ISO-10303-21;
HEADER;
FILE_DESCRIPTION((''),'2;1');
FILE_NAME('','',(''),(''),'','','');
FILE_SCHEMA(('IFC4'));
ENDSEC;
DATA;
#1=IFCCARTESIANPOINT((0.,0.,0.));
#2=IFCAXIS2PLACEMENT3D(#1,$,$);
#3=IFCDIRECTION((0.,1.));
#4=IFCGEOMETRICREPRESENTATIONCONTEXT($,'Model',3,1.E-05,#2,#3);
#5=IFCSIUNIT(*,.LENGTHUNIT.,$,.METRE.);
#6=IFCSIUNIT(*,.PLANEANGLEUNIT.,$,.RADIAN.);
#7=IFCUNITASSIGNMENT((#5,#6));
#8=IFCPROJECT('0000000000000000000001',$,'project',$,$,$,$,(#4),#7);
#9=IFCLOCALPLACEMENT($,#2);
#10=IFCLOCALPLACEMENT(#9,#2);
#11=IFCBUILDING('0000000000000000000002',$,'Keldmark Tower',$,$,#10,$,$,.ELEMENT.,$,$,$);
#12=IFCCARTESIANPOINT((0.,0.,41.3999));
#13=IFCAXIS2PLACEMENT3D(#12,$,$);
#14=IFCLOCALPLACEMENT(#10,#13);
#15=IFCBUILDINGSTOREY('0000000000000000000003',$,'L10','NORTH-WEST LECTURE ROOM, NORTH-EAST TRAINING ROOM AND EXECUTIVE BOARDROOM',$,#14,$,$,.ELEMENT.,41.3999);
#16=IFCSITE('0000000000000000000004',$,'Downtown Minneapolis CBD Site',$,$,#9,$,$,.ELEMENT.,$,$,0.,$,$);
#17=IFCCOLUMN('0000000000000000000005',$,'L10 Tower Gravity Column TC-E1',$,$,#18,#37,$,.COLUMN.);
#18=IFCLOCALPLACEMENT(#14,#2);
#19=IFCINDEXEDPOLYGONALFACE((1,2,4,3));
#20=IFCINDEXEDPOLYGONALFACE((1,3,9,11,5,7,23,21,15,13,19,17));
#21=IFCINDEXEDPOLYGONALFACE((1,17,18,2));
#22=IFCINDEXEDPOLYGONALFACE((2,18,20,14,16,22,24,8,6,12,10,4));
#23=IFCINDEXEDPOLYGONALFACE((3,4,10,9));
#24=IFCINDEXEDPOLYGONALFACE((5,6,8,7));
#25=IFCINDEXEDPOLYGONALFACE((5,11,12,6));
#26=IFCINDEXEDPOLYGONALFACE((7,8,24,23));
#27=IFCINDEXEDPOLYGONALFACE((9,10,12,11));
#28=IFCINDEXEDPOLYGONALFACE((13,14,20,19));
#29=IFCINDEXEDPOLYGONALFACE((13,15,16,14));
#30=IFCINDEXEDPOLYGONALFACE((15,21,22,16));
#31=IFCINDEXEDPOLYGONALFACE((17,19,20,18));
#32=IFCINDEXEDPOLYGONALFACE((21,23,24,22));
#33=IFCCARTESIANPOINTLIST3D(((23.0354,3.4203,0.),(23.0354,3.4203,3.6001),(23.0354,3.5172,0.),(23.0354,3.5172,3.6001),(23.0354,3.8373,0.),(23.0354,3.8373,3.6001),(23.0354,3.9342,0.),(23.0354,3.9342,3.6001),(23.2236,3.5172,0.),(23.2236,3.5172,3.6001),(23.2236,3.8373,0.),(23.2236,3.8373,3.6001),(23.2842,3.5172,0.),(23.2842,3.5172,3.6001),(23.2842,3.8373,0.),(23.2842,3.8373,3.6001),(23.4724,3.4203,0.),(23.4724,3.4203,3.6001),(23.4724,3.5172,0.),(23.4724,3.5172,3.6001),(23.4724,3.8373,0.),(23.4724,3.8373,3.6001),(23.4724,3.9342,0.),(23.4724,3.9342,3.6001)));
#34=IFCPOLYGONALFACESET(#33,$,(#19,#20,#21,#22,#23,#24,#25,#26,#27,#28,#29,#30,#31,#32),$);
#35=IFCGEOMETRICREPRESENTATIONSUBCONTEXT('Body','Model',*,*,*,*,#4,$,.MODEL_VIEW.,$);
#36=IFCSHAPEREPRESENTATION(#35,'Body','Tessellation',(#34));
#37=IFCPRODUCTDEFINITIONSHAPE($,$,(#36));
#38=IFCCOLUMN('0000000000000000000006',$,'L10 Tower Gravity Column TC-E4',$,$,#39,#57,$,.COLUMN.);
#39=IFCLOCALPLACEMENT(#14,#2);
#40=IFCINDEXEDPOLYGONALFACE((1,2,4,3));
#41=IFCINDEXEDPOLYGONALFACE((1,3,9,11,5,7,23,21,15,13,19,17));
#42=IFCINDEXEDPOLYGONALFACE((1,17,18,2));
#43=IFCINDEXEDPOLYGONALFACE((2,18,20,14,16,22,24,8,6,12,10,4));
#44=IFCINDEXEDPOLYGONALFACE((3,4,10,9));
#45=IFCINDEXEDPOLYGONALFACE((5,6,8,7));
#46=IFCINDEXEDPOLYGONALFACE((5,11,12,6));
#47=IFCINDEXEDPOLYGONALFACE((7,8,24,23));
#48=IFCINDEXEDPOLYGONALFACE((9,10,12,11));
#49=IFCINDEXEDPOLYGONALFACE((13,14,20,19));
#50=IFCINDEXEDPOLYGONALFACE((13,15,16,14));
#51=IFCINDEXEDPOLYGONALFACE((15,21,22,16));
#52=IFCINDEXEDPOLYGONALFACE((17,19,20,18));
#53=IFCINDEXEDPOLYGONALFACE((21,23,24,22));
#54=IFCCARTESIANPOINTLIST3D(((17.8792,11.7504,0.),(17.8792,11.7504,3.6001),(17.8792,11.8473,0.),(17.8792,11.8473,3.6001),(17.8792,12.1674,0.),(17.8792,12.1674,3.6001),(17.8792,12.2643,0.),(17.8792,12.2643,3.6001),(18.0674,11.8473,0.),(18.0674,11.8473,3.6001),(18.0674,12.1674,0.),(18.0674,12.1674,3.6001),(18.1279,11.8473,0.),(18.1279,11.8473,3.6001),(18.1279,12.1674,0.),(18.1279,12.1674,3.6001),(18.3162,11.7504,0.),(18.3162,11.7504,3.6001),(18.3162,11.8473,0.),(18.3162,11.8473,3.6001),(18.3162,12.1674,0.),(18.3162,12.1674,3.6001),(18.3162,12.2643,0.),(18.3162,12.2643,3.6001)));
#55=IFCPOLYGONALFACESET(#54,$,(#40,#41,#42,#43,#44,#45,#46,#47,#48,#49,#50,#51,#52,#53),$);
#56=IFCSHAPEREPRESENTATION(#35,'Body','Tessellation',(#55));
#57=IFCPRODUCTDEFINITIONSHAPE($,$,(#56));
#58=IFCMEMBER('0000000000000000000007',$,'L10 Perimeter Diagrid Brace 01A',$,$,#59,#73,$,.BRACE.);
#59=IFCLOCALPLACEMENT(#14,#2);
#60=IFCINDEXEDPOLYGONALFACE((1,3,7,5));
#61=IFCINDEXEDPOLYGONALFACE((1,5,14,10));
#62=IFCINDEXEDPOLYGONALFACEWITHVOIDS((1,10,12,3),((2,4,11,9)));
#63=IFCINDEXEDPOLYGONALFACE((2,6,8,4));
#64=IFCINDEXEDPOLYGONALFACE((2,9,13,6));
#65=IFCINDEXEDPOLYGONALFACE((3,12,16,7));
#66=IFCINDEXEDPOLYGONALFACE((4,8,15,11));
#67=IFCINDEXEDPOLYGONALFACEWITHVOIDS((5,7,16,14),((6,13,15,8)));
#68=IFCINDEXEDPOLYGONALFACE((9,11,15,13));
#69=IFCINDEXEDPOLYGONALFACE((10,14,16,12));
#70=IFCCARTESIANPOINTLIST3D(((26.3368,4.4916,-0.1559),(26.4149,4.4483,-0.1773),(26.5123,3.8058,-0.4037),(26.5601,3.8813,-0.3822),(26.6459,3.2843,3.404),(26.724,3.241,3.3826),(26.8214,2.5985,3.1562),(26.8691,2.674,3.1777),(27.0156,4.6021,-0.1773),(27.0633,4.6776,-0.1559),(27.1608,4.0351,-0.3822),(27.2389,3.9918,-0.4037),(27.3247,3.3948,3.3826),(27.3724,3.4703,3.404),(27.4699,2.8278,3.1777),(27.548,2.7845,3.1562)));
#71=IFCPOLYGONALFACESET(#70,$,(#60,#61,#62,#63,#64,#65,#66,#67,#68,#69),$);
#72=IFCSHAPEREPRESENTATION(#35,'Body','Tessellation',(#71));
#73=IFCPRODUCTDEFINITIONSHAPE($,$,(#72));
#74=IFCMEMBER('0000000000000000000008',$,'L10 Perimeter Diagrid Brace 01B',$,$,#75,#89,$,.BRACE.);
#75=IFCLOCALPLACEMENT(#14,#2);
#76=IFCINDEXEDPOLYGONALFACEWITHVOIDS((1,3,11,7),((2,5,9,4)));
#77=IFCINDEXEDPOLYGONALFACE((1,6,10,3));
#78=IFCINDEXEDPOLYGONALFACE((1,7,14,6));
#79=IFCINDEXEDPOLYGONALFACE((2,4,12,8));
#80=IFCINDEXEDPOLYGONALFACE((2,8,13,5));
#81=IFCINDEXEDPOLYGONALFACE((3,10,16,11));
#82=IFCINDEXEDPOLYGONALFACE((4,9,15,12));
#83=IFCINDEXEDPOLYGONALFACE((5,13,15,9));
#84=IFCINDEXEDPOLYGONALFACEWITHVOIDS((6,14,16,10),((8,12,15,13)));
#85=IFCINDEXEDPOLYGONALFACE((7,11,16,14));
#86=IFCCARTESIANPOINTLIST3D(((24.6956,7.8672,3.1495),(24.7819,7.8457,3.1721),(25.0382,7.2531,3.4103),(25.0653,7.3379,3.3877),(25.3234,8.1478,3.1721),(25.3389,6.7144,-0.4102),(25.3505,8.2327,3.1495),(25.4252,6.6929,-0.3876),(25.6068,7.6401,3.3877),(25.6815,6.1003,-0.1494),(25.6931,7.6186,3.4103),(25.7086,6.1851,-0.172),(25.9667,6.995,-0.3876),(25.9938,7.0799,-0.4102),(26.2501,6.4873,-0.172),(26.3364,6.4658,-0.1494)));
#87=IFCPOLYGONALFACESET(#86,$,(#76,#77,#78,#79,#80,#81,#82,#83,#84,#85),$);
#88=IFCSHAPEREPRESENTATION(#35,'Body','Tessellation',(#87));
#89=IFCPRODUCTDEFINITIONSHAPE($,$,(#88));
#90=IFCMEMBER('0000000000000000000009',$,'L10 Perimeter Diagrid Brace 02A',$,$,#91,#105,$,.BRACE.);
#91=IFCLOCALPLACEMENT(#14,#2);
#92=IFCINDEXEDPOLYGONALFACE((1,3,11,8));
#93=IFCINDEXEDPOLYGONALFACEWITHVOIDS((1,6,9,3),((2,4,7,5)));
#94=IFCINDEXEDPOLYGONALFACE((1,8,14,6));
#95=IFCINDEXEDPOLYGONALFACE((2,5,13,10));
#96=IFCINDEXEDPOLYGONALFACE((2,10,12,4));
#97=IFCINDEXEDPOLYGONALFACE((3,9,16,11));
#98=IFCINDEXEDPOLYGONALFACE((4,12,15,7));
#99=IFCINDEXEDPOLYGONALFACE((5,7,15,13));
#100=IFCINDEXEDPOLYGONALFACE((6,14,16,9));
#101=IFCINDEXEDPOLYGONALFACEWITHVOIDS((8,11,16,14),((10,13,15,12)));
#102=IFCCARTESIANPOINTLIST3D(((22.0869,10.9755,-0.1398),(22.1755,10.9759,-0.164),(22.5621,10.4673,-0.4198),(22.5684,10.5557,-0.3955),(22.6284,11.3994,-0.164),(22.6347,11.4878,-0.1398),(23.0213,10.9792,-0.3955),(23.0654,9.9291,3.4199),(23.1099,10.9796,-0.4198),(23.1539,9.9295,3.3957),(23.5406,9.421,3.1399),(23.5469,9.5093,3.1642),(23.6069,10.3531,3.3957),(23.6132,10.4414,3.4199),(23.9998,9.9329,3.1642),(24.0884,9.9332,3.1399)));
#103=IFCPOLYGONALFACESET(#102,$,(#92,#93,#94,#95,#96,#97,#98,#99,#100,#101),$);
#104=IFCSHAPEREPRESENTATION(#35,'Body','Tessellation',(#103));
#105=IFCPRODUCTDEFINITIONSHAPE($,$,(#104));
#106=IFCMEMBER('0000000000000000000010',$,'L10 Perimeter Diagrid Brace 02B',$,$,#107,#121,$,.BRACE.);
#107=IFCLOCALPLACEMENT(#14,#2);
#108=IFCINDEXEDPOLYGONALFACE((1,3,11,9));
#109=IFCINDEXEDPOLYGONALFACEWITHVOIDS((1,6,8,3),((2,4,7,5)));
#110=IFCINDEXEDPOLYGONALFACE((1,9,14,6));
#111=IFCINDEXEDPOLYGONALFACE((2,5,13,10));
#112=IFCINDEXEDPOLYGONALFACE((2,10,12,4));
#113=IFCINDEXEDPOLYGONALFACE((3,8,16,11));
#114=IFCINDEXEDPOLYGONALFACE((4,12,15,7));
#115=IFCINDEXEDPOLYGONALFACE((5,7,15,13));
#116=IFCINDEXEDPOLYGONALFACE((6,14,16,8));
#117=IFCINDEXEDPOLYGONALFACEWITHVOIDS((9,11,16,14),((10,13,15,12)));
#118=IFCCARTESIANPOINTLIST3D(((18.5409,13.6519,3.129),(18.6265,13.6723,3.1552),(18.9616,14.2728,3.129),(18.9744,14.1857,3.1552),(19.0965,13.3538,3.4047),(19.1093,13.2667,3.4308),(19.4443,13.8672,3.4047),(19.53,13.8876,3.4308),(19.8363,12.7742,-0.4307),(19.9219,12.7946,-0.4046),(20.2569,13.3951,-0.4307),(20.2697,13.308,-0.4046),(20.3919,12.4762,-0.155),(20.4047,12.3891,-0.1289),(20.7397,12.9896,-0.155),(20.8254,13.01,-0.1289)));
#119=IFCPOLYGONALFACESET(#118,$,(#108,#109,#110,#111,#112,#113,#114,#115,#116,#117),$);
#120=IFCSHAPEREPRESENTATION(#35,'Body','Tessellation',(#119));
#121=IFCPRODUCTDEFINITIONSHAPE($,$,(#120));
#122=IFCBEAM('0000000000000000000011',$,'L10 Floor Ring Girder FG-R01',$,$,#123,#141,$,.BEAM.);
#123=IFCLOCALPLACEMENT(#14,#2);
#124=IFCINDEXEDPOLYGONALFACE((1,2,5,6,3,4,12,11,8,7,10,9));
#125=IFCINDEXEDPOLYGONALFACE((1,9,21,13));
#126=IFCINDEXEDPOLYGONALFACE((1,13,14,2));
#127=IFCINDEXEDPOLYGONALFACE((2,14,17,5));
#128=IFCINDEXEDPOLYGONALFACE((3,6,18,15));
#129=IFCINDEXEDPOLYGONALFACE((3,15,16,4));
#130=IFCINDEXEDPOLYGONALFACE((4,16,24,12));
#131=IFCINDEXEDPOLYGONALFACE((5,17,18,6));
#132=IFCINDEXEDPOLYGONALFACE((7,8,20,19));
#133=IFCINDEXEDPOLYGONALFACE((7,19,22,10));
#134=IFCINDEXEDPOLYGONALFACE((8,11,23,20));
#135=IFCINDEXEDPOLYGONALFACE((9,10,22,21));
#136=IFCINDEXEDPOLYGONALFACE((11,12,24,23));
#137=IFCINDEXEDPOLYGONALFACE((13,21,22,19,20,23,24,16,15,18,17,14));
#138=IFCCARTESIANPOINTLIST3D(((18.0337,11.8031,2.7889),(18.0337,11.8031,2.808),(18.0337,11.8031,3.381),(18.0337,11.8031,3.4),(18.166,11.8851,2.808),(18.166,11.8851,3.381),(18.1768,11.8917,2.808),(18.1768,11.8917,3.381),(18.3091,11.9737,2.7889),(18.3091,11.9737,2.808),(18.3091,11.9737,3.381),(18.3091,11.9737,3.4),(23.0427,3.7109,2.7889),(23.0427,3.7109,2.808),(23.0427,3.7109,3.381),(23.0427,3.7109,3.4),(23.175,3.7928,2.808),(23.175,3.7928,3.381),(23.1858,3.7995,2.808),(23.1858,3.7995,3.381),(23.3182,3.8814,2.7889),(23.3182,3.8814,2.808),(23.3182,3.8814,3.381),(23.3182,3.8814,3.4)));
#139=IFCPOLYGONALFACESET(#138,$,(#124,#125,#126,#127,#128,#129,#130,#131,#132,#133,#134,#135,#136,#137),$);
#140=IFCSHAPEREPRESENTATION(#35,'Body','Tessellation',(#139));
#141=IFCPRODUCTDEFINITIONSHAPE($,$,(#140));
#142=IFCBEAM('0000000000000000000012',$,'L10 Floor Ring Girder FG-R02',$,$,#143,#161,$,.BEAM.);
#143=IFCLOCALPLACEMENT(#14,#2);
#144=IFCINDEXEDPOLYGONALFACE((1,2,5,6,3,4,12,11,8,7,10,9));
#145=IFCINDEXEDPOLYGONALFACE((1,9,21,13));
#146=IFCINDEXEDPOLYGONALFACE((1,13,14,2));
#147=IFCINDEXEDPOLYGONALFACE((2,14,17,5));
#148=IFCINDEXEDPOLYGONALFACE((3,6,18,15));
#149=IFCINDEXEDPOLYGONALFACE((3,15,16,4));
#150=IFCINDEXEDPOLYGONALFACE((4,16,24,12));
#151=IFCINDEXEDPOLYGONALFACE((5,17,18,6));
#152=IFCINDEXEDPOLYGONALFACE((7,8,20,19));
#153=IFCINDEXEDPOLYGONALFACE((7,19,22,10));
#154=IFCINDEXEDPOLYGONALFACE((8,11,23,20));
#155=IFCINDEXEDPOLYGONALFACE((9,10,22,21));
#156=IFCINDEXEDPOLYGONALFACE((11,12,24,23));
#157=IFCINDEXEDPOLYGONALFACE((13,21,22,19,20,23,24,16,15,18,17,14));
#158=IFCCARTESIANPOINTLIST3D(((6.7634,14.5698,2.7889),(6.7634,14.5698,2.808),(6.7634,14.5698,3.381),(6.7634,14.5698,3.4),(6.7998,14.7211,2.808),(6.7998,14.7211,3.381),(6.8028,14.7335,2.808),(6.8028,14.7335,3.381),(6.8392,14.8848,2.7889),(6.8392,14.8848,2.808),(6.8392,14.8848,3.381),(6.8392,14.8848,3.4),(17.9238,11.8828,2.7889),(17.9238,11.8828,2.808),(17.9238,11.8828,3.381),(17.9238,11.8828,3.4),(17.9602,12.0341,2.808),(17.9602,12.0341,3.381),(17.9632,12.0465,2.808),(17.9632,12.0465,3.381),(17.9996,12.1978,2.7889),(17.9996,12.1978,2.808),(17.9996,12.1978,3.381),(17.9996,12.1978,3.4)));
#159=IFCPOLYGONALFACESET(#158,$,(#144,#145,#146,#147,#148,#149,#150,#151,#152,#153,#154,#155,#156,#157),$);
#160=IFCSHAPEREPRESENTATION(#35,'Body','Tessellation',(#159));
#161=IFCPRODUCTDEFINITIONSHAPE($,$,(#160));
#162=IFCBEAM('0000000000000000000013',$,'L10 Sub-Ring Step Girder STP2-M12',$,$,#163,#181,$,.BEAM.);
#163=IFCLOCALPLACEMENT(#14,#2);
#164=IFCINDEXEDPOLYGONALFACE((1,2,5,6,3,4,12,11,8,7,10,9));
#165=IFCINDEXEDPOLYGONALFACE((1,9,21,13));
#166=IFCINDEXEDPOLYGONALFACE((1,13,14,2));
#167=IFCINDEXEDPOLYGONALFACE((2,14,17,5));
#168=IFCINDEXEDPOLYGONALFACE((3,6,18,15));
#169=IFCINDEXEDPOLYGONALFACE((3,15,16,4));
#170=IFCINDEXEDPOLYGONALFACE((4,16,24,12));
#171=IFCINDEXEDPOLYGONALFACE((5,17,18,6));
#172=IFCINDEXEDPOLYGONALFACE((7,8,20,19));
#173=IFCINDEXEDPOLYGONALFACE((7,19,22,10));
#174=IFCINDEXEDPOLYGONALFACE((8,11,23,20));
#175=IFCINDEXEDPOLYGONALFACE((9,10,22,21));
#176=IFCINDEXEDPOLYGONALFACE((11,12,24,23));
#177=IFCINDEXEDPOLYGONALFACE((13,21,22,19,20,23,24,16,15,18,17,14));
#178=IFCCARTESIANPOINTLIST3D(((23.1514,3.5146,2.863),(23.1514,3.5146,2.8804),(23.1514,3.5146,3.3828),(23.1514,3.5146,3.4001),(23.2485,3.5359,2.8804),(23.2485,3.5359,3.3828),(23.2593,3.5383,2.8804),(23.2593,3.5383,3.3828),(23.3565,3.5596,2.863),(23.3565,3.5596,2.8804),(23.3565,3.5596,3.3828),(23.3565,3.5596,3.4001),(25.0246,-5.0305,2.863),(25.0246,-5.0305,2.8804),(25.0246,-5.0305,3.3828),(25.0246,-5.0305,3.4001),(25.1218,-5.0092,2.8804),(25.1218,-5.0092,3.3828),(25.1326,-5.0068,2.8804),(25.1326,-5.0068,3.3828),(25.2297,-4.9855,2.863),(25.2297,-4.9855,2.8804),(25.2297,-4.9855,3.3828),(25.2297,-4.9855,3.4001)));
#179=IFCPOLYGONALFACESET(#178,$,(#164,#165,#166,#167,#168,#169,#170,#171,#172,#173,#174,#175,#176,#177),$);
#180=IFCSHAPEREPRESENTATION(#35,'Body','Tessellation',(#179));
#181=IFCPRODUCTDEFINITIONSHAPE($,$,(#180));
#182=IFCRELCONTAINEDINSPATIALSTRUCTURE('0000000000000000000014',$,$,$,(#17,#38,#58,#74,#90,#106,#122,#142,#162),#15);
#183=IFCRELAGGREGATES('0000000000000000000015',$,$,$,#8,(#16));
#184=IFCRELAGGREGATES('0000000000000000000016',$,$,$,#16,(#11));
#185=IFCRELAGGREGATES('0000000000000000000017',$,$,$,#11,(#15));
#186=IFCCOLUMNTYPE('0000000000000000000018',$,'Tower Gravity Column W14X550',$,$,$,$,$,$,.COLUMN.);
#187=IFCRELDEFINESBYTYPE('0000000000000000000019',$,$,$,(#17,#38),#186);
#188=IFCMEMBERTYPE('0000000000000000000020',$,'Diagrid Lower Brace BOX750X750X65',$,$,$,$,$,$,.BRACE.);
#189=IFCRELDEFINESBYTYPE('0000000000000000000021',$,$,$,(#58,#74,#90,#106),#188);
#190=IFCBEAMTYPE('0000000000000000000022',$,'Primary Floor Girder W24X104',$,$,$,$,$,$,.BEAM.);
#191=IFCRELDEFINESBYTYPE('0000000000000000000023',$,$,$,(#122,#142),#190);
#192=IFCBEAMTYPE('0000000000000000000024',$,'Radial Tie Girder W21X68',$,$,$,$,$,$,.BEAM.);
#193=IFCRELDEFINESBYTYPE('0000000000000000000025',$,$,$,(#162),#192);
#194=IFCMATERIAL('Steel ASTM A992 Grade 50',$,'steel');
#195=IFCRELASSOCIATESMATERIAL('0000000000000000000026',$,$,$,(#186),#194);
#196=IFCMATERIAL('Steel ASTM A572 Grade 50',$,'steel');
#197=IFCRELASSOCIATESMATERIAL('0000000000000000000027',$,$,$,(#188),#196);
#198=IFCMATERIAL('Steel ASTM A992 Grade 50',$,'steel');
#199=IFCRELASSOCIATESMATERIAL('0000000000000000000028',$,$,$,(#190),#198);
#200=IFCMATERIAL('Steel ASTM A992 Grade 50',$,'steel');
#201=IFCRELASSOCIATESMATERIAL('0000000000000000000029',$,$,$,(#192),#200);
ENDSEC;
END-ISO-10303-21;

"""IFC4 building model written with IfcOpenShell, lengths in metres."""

from ifc_helpers import new_model, si_unit, direction, frame, origin, origin_2d, place, context, subcontext, project, spatial, hollow_rectangle, i_section, extrude, material, material_profile, profile_set, type_object, element, save


model = new_model("IFC4")

# Units and contexts
model_context = context("Model", 3, precision=1e-05, world=origin(), true_north=direction((0.0, 1.0)))
body_context = subcontext(model_context, "Body", "Model", "MODEL_VIEW")
ifc_project = project(units=[si_unit("LENGTHUNIT", "METRE"), si_unit("PLANEANGLEUNIT", "RADIAN")], contexts=[model_context])

# Site, building, storey
site_placement = place(None, origin())
site = spatial("IfcSite", under=ifc_project, at=site_placement, Name="Downtown Minneapolis CBD Site", CompositionType="ELEMENT", RefElevation=0.0)
building_placement = place(site_placement, origin())
building = spatial("IfcBuilding", under=site, at=building_placement, Name="Keldmark Tower", CompositionType="ELEMENT")
storey_placement = place(building_placement, frame((0.0, 0.0, 41.3999)))
storey = spatial("IfcBuildingStorey", under=building, at=storey_placement, Name="L10", Description="NORTH-WEST LECTURE ROOM, NORTH-EAST TRAINING ROOM AND EXECUTIVE BOARDROOM", CompositionType="ELEMENT", Elevation=41.3999)

# Columns
ifc_material_1 = material(Name="Steel ASTM A992 Grade 50", Category="steel")
ifc_material_profile_1 = material_profile(ifc_material_1, i_section(OverallWidth=0.437, OverallDepth=0.5139, WebThickness=0.0605, FlangeThickness=0.0969, at=origin_2d()), Name="W14X550")
ifc_profile_set_1 = profile_set([ifc_material_profile_1], Name="Steel ASTM A992 Grade 50")
column_type = type_object("IfcColumnType", Name="Tower Gravity Column W14X550", PredefinedType="COLUMN", material=ifc_profile_set_1)
for number, where, z_axis, x_axis, name in (
    (1, (23.2539, 3.6772, 0.0), (0.0, 0.0, 1.0), (1.0, 0.0, 0.0), "L10 Tower Gravity Column TC-E1"),
    (2, (18.0977, 12.0073, 0.0), (0.0, 0.0, 1.0), (1.0, 0.0, 0.0), "L10 Tower Gravity Column TC-E4"),
):
    element("IfcColumn", number, at=place(storey_placement, frame(where, z_axis=z_axis, x_axis=x_axis)), inside=storey, type_object=column_type, Name=name, PredefinedType="COLUMN", context=body_context, shape_type="SweptSolid", body=[
        extrude(i_section(OverallWidth=0.437, OverallDepth=0.5139, WebThickness=0.0605, FlangeThickness=0.0969, at=origin_2d()), origin(), (0.0, 0.0, 1.0), 3.6001),
    ])

# Members
ifc_material_2 = material(Name="Steel ASTM A572 Grade 50", Category="steel")
ifc_material_profile_2 = material_profile(ifc_material_2, hollow_rectangle(XDim=0.75, YDim=0.75, WallThickness=0.0649, at=origin_2d()), Name="BOX750X750X65")
ifc_profile_set_2 = profile_set([ifc_material_profile_2], Name="Steel ASTM A572 Grade 50")
member_type = type_object("IfcMemberType", Name="Diagrid Lower Brace BOX750X750X65", PredefinedType="BRACE", material=ifc_profile_set_2)
member_1_placement = place(storey_placement, frame((26.7878, 4.2417, -0.2798), z_axis=(0.081949, -0.320092, 0.943835), x_axis=(0.968756, 0.248017, 0.0)))
element("IfcMember", 3, at=member_1_placement, inside=storey, type_object=member_type, Name="L10 Perimeter Diagrid Brace 01A", PredefinedType="BRACE", context=body_context, shape_type="SweptSolid", body=[
    extrude(hollow_rectangle(XDim=0.75, YDim=0.75, WallThickness=0.0649, at=origin_2d()), origin(), (0.0, 0.0, 1.0), 3.7717),
])
member_2_placement = place(storey_placement, frame((25.8376, 6.5901, -0.2798), z_axis=(-0.169438, 0.303638, 0.9376), x_axis=(-0.87324, -0.487291, 0.0)))
element("IfcMember", 4, at=member_2_placement, inside=storey, type_object=member_type, Name="L10 Perimeter Diagrid Brace 01B", PredefinedType="BRACE", context=body_context, shape_type="SweptSolid", body=[
    extrude(hollow_rectangle(XDim=0.75, YDim=0.75, WallThickness=0.0649, at=origin_2d()), origin(), (0.0, 0.0, 1.0), 3.7966),
])
member_3_placement = place(storey_placement, frame((22.5984, 10.9775, -0.2798), z_axis=(0.255003, -0.27269, 0.927693), x_axis=(0.730398, 0.683022, 0.0)))
element("IfcMember", 5, at=member_3_placement, inside=storey, type_object=member_type, Name="L10 Perimeter Diagrid Brace 02A", PredefinedType="BRACE", context=body_context, shape_type="SweptSolid", body=[
    extrude(hollow_rectangle(XDim=0.75, YDim=0.75, WallThickness=0.0649, at=origin_2d()), origin(), (0.0, 0.0, 1.0), 3.8372),
])
member_4_placement = place(storey_placement, frame((20.3308, 12.8921, -0.2798), z_axis=(-0.333136, 0.225711, 0.915464), x_axis=(-0.560914, -0.827874, 0.0)))
element("IfcMember", 6, at=member_4_placement, inside=storey, type_object=member_type, Name="L10 Perimeter Diagrid Brace 02B", PredefinedType="BRACE", context=body_context, shape_type="SweptSolid", body=[
    extrude(hollow_rectangle(XDim=0.75, YDim=0.75, WallThickness=0.0649, at=origin_2d()), origin(), (0.0, 0.0, 1.0), 3.8884),
])

# Beams
ifc_material_3 = material(Name="Steel ASTM A992 Grade 50", Category="steel")
ifc_material_profile_3 = material_profile(ifc_material_3, i_section(OverallWidth=0.324, OverallDepth=0.6111, WebThickness=0.0127, FlangeThickness=0.019, at=origin_2d()), Name="W24X104")
ifc_profile_set_3 = profile_set([ifc_material_profile_3], Name="Steel ASTM A992 Grade 50")
beam_type_1 = type_object("IfcBeamType", Name="Primary Floor Girder W24X104", PredefinedType="BEAM", material=ifc_profile_set_3)
beam_1_placement = place(storey_placement, frame((23.1804, 3.7961, 3.0945), z_axis=(-0.526318, 0.850288, 0.0), x_axis=(-0.850288, -0.526318, 0.0)))
element("IfcBeam", 7, at=beam_1_placement, inside=storey, type_object=beam_type_1, Name="L10 Floor Ring Girder FG-R01", PredefinedType="BEAM", context=body_context, shape_type="SweptSolid", body=[
    extrude(i_section(OverallWidth=0.324, OverallDepth=0.6111, WebThickness=0.0127, FlangeThickness=0.019, at=origin_2d()), origin(), (0.0, 0.0, 1.0), 9.5171),
])
beam_2_placement = place(storey_placement, frame((17.9617, 12.0403, 3.0945), z_axis=(-0.972219, 0.234074, 0.0), x_axis=(-0.234074, -0.972219, 0.0)))
element("IfcBeam", 8, at=beam_2_placement, inside=storey, type_object=beam_type_1, Name="L10 Floor Ring Girder FG-R02", PredefinedType="BEAM", context=body_context, shape_type="SweptSolid", body=[
    extrude(i_section(OverallWidth=0.324, OverallDepth=0.6111, WebThickness=0.0127, FlangeThickness=0.019, at=origin_2d()), origin(), (0.0, 0.0, 1.0), 11.4792),
])
ifc_material_4 = material(Name="Steel ASTM A992 Grade 50", Category="steel")
ifc_material_profile_4 = material_profile(ifc_material_4, i_section(OverallWidth=0.21, OverallDepth=0.5371, WebThickness=0.011, FlangeThickness=0.0173, at=origin_2d()), Name="W21X68")
ifc_profile_set_4 = profile_set([ifc_material_profile_4], Name="Steel ASTM A992 Grade 50")
beam_type_2 = type_object("IfcBeamType", Name="Radial Tie Girder W21X68", PredefinedType="BEAM", material=ifc_profile_set_4)
beam_3_placement = place(storey_placement, frame((23.2539, 3.5371, 3.1316), z_axis=(0.214137, -0.976804, 0.0), x_axis=(0.976804, 0.214137, 0.0)))
element("IfcBeam", 9, at=beam_3_placement, inside=storey, type_object=beam_type_2, Name="L10 Sub-Ring Step Girder STP2-M12", PredefinedType="BEAM", context=body_context, shape_type="SweptSolid", body=[
    extrude(i_section(OverallWidth=0.21, OverallDepth=0.5371, WebThickness=0.011, FlangeThickness=0.0173, at=origin_2d()), origin(), (0.0, 0.0, 1.0), 8.748),
])

save(model, "model.ifc")
